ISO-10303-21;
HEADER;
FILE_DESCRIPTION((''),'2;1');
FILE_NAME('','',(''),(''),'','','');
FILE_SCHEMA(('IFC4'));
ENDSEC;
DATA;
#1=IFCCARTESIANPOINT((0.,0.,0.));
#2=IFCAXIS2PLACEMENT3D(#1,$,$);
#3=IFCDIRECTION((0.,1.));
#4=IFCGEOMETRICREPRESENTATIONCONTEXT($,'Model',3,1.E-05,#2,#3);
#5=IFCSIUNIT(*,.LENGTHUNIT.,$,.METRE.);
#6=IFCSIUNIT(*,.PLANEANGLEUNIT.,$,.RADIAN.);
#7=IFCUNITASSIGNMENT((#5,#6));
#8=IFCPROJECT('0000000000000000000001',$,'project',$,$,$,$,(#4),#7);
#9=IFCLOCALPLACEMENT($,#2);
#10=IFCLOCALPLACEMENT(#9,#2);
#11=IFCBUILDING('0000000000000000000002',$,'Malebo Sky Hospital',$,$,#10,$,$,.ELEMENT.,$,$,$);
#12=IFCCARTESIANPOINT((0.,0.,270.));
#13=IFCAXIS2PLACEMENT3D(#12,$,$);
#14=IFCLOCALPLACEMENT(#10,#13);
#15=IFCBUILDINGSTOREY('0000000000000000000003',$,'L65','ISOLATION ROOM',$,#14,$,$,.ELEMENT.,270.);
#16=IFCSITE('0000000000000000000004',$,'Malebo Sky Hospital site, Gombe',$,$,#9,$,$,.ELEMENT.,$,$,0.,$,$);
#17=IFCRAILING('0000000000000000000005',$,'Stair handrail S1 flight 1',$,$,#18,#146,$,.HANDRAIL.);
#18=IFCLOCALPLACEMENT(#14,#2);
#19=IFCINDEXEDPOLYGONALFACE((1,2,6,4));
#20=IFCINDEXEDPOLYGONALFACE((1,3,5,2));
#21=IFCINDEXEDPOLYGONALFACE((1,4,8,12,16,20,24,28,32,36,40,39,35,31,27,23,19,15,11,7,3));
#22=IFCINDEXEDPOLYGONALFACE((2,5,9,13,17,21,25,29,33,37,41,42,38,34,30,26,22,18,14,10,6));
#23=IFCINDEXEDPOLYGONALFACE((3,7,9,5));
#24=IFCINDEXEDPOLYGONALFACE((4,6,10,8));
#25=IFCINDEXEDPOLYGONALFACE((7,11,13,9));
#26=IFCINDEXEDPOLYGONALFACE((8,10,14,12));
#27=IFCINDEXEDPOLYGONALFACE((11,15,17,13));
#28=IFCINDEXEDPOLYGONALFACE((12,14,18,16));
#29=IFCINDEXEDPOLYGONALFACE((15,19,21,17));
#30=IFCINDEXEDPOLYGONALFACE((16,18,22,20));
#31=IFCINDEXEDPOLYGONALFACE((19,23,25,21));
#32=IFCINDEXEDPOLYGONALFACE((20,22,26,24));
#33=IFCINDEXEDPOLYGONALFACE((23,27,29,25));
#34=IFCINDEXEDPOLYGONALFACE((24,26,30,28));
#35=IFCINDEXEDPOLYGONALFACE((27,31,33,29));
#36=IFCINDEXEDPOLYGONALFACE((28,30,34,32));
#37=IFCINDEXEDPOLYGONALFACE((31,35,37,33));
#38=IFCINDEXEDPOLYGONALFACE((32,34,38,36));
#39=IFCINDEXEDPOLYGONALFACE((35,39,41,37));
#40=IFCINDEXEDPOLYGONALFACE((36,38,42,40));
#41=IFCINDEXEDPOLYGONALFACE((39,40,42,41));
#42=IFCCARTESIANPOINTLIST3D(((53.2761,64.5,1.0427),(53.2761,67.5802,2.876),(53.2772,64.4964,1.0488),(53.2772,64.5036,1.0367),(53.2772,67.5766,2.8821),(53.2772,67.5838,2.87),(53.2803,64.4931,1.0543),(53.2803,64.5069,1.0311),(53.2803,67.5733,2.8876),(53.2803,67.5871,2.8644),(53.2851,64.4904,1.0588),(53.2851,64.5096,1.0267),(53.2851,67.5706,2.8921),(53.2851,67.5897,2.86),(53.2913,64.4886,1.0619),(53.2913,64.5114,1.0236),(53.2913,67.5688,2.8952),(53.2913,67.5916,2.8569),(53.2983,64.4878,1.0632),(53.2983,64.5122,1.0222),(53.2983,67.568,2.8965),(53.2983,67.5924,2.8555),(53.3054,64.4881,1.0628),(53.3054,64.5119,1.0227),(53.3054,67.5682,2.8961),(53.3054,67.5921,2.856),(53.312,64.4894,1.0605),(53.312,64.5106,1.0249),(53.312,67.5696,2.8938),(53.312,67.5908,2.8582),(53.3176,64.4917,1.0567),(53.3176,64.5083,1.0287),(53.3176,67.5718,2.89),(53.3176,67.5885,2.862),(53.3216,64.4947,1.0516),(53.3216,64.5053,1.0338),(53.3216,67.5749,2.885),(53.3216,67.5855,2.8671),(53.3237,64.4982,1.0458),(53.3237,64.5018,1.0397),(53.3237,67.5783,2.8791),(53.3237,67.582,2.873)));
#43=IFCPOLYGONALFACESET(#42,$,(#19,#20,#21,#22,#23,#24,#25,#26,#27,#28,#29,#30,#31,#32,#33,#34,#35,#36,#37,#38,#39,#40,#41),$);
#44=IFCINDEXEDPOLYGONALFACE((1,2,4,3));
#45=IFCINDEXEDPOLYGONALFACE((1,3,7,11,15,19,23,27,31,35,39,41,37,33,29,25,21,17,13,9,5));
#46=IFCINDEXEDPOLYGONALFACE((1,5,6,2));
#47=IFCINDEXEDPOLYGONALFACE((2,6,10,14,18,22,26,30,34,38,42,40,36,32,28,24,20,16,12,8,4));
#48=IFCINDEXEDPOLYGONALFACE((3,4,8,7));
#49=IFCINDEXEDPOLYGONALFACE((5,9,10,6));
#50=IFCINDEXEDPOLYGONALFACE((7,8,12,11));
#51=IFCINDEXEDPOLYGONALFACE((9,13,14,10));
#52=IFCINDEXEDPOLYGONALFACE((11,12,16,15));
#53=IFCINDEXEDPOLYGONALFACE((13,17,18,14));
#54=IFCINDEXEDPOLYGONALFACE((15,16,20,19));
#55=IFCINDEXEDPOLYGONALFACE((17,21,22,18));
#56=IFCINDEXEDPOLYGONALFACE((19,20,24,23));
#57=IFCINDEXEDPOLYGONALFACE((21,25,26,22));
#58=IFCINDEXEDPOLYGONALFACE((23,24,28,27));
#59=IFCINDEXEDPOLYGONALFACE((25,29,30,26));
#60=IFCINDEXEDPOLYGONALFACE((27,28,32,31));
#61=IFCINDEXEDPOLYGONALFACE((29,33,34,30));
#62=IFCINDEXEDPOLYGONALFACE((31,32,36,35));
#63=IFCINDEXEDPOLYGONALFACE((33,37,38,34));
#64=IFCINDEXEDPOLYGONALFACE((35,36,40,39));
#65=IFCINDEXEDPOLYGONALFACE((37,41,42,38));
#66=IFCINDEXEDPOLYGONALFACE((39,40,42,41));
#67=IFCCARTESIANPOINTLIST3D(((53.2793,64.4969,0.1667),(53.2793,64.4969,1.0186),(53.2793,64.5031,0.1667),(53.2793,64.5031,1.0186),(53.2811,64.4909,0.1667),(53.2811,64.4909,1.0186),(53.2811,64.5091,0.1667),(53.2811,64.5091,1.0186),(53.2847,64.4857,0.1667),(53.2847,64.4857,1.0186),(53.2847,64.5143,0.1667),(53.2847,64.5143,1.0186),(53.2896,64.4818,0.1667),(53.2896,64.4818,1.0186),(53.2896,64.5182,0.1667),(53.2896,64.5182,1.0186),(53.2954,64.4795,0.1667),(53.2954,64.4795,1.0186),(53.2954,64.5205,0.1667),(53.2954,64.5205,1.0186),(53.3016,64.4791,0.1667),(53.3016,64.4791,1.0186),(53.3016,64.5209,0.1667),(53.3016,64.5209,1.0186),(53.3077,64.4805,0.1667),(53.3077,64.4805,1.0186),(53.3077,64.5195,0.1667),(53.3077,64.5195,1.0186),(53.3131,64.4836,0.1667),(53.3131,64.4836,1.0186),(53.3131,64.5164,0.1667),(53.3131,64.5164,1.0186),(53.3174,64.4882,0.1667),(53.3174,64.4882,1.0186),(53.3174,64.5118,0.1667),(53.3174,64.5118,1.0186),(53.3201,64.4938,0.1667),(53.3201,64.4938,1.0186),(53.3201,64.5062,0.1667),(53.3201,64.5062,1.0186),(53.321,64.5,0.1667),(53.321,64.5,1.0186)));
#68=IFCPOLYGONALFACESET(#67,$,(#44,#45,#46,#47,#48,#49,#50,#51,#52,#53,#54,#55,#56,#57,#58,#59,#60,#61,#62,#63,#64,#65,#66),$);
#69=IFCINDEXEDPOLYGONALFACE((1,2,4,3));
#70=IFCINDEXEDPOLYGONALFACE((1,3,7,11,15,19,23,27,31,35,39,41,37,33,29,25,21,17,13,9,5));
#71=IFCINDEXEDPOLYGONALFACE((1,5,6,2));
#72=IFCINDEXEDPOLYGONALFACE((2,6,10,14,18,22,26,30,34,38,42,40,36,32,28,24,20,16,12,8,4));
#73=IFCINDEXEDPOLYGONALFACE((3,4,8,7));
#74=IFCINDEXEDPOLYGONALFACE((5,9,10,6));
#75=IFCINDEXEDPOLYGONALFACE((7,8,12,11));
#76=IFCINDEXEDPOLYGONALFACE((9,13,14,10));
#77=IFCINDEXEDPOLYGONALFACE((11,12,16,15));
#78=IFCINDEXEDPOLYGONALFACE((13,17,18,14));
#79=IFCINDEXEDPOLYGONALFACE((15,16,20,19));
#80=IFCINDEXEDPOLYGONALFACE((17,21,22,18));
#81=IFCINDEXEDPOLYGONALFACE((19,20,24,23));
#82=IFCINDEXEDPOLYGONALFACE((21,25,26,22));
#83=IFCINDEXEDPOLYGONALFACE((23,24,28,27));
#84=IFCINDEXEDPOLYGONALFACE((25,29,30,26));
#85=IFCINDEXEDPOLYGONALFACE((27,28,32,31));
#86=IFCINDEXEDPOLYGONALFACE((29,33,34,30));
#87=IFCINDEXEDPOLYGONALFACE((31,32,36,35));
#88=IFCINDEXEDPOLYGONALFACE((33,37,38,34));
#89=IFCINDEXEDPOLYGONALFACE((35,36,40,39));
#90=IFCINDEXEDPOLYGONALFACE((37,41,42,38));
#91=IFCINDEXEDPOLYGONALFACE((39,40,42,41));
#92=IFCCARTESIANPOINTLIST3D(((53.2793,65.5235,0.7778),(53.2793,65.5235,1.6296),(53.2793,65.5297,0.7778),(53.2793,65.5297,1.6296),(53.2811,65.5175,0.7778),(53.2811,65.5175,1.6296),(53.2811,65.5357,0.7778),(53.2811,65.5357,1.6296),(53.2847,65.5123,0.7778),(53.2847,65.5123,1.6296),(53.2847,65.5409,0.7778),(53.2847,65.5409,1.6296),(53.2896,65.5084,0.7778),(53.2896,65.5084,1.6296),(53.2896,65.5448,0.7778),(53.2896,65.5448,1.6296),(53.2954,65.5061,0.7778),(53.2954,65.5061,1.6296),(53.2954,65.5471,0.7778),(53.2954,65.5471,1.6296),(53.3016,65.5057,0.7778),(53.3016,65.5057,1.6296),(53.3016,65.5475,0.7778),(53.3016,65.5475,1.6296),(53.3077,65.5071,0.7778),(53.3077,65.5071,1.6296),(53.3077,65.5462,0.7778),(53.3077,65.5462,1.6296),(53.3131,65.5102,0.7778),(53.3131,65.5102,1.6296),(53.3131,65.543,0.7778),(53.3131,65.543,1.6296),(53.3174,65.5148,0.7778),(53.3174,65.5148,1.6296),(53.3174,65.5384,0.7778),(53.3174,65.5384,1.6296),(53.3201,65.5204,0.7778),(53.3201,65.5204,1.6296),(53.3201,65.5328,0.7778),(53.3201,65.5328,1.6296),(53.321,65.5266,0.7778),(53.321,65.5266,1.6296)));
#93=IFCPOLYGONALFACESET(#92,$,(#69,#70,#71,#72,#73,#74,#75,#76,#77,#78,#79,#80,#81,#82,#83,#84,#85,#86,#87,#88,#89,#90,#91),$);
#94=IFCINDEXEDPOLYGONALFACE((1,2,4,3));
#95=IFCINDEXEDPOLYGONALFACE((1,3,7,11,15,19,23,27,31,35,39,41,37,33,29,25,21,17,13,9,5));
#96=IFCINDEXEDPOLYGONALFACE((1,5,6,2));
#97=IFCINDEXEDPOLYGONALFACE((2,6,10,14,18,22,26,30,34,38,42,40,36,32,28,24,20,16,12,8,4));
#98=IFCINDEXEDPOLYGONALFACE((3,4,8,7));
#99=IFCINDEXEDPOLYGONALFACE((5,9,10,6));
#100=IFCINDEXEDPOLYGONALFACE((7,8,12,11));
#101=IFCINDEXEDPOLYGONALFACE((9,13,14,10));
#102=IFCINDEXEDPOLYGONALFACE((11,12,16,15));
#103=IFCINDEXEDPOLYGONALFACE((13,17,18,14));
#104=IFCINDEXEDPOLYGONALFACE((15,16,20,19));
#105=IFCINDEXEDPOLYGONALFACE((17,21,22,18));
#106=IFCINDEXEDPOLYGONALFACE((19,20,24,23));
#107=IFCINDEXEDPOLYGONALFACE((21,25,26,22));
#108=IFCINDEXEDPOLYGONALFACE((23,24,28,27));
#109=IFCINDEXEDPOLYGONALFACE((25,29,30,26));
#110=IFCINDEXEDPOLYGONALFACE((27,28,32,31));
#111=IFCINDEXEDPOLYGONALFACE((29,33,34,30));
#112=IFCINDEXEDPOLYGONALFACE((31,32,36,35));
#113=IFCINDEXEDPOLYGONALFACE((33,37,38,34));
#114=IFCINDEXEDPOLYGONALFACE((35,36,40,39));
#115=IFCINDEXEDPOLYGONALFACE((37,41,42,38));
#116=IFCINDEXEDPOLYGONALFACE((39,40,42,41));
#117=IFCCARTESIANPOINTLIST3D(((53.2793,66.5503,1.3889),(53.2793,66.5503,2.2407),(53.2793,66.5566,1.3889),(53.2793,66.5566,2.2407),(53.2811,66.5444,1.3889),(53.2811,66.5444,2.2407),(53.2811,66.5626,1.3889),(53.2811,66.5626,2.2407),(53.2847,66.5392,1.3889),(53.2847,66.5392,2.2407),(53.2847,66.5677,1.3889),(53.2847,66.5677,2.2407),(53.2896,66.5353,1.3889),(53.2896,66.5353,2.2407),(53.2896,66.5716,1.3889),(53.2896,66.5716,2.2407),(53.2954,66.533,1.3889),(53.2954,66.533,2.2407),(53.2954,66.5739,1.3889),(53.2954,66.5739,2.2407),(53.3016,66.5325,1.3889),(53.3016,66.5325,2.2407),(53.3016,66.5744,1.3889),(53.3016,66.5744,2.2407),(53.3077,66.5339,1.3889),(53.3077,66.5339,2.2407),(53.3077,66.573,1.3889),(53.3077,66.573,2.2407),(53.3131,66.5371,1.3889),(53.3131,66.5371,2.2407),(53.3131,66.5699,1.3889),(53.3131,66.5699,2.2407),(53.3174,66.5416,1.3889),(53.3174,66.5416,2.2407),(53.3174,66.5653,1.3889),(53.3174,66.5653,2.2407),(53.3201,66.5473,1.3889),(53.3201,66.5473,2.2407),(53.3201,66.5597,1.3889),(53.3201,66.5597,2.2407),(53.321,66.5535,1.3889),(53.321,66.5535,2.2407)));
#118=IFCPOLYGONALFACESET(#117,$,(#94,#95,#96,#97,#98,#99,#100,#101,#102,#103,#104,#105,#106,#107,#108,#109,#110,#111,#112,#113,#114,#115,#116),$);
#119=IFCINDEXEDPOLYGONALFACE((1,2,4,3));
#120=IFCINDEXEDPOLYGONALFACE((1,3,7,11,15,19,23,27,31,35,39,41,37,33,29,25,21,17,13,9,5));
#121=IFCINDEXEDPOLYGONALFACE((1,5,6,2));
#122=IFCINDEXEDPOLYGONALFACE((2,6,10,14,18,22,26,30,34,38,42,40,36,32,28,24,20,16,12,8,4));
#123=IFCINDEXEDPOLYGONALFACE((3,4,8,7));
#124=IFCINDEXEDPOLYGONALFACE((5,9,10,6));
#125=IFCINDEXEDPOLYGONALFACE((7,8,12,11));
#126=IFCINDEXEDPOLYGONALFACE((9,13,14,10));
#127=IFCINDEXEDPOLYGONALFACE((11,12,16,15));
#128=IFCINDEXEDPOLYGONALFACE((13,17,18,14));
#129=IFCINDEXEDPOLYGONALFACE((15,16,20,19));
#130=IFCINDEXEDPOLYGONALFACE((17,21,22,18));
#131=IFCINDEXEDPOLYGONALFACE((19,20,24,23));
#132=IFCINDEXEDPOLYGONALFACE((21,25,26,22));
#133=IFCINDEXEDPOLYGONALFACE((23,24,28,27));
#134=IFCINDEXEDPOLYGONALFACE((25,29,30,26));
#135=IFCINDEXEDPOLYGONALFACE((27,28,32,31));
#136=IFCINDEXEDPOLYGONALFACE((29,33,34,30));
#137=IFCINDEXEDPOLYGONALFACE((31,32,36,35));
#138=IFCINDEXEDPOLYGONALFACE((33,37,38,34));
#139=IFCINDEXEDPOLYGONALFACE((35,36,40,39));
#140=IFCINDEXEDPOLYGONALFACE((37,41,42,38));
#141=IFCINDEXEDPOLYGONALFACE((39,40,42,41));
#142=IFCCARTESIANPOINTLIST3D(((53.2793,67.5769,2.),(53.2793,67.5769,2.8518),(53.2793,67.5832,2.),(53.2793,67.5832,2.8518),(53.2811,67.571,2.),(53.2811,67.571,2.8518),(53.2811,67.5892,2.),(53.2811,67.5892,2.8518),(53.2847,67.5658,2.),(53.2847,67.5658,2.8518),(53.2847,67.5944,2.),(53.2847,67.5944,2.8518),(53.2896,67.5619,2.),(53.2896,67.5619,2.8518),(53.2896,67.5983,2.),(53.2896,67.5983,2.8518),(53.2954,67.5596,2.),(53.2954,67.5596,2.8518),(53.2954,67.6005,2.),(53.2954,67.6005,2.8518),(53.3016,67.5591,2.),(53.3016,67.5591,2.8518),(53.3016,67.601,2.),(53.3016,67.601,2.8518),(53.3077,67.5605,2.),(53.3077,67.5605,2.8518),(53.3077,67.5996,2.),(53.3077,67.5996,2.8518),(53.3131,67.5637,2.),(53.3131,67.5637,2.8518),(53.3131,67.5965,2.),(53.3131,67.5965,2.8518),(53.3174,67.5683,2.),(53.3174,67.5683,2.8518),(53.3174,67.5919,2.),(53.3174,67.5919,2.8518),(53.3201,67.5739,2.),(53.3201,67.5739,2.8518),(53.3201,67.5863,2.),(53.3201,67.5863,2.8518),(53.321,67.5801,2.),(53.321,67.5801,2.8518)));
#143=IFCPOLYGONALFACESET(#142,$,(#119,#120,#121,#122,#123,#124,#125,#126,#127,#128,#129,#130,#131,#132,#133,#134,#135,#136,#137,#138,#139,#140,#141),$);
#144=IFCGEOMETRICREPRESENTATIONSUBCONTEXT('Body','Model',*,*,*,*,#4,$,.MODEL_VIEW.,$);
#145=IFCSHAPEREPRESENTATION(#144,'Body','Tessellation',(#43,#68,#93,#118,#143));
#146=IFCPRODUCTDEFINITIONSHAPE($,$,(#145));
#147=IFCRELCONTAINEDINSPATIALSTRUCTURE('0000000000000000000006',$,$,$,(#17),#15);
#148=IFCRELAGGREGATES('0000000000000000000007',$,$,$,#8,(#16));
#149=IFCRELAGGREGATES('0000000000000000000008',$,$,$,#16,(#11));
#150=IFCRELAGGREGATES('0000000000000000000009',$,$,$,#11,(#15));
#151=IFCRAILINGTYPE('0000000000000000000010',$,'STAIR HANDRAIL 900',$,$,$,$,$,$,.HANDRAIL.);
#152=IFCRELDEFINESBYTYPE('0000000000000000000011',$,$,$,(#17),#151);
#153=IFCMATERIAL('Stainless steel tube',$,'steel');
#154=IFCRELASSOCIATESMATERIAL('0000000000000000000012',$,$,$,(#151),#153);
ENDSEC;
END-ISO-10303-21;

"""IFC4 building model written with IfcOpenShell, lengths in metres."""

from ifc_helpers import new_model, si_unit, direction, frame, origin, origin_2d, place, context, subcontext, project, spatial, circle, extrude, material, type_object, element, save


model = new_model("IFC4")

# Units and contexts
model_context = context("Model", 3, precision=1e-05, world=origin(), true_north=direction((0.0, 1.0)))
body_context = subcontext(model_context, "Body", "Model", "MODEL_VIEW")
ifc_project = project(units=[si_unit("LENGTHUNIT", "METRE"), si_unit("PLANEANGLEUNIT", "RADIAN")], contexts=[model_context])

# Site, building, storey
site_placement = place(None, origin())
site = spatial("IfcSite", under=ifc_project, at=site_placement, Name="Malebo Sky Hospital site, Gombe", CompositionType="ELEMENT", RefElevation=0.0)
building_placement = place(site_placement, origin())
building = spatial("IfcBuilding", under=site, at=building_placement, Name="Malebo Sky Hospital", CompositionType="ELEMENT")
storey_placement = place(building_placement, frame((0.0, 0.0, 270.0)))
storey = spatial("IfcBuildingStorey", under=building, at=storey_placement, Name="L65", Description="ISOLATION ROOM", CompositionType="ELEMENT", Elevation=270.0)

# Railing
ifc_material_1 = material(Name="Stainless steel tube", Category="steel")
railing_type = type_object("IfcRailingType", Name="STAIR HANDRAIL 900", PredefinedType="HANDRAIL", material=ifc_material_1)
railing_1_placement = place(storey_placement, frame((53.3, 64.5, 0.1667)))
element("IfcRailing", 1, at=railing_1_placement, inside=storey, type_object=railing_type, Name="Stair handrail S1 flight 1", PredefinedType="HANDRAIL", context=body_context, shape_type="SweptSolid", body=[
    extrude(circle(Radius=0.0239, at=origin_2d()), frame((0.0, 0.0, 0.876), z_axis=(0.0, 0.859309, 0.511458), x_axis=(-1.0, 0.0, 0.0)), (0.0, 0.0, 1.0), 3.5845),
    extrude(circle(Radius=0.021, at=origin_2d()), origin(), (0.0, 0.0, 1.0), 0.8518),
    extrude(circle(Radius=0.021, at=origin_2d()), frame((0.0, 1.0266, 0.6111)), (0.0, 0.0, 1.0), 0.8518),
    extrude(circle(Radius=0.021, at=origin_2d()), frame((0.0, 2.0535, 1.2222)), (0.0, 0.0, 1.0), 0.8518),
    extrude(circle(Radius=0.021, at=origin_2d()), frame((0.0, 3.0801, 1.8333)), (0.0, 0.0, 1.0), 0.8518),
])

save(model, "model.ifc")
